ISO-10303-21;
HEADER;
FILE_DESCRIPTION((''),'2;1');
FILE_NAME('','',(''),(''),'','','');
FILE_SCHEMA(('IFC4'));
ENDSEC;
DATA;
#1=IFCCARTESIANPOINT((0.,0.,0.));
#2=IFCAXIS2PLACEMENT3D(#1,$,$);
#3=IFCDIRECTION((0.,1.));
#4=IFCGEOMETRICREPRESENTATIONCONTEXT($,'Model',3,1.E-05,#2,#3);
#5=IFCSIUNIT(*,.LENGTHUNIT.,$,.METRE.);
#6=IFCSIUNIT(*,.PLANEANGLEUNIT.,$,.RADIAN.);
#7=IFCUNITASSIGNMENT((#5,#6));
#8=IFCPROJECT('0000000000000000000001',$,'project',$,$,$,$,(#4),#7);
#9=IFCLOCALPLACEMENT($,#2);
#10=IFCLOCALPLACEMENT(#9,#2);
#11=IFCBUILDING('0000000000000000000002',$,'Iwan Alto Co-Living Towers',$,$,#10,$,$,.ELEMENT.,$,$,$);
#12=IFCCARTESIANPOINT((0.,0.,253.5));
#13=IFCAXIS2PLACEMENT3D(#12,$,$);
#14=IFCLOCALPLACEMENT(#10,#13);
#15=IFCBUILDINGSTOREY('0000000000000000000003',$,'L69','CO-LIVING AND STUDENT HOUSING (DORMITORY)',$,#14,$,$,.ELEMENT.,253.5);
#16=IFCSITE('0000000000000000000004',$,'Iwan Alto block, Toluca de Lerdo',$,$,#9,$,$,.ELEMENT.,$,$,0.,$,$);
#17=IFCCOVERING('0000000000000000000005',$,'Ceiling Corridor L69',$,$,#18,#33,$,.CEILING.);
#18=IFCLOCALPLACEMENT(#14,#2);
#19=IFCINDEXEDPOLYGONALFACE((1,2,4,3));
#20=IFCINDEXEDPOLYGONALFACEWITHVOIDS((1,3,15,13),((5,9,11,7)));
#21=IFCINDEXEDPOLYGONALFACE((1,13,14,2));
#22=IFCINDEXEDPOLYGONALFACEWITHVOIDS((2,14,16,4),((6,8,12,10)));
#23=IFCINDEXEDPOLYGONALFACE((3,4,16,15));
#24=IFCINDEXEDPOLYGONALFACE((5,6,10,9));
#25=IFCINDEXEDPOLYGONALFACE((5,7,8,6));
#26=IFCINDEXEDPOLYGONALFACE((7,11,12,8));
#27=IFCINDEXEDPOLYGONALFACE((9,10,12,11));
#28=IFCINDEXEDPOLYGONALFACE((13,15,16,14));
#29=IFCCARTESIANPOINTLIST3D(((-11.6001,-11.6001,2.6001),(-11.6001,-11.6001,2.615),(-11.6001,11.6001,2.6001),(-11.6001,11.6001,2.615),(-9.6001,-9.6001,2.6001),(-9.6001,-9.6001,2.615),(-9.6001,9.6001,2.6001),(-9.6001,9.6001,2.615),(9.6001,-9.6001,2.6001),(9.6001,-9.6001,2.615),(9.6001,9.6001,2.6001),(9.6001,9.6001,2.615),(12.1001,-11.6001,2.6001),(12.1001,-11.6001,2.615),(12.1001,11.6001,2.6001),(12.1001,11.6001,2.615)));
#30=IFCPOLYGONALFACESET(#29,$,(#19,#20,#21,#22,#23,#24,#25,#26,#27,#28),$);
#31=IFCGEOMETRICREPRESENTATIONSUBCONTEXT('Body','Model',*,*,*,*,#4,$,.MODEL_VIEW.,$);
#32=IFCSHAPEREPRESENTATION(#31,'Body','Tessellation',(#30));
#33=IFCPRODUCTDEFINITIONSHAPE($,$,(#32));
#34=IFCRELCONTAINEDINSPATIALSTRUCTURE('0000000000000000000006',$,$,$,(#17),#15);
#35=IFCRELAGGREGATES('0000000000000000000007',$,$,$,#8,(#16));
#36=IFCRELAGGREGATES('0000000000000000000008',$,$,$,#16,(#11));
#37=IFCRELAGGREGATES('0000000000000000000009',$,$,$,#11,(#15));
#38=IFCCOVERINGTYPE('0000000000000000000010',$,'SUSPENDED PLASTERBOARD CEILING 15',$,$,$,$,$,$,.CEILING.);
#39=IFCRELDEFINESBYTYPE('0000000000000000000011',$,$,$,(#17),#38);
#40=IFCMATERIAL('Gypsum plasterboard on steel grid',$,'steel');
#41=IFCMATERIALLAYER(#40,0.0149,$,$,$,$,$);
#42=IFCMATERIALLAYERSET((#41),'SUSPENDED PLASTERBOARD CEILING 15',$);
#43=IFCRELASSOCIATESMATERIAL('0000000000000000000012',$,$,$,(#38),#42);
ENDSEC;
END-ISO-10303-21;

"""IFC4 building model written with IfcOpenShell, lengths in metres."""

from ifc_helpers import new_model, si_unit, direction, frame, origin, place, context, subcontext, project, spatial, polyline, outline, extrude, material, layer, layer_set, type_object, element, save


model = new_model("IFC4")

# Units and contexts
model_context = context("Model", 3, precision=1e-05, world=origin(), true_north=direction((0.0, 1.0)))
body_context = subcontext(model_context, "Body", "Model", "MODEL_VIEW")
ifc_project = project(units=[si_unit("LENGTHUNIT", "METRE"), si_unit("PLANEANGLEUNIT", "RADIAN")], contexts=[model_context])

# Site, building, storey
site_placement = place(None, origin())
site = spatial("IfcSite", under=ifc_project, at=site_placement, Name="Iwan Alto block, Toluca de Lerdo", CompositionType="ELEMENT", RefElevation=0.0)
building_placement = place(site_placement, origin())
building = spatial("IfcBuilding", under=site, at=building_placement, Name="Iwan Alto Co-Living Towers", CompositionType="ELEMENT")
storey_placement = place(building_placement, frame((0.0, 0.0, 253.5)))
storey = spatial("IfcBuildingStorey", under=building, at=storey_placement, Name="L69", Description="CO-LIVING AND STUDENT HOUSING (DORMITORY)", CompositionType="ELEMENT", Elevation=253.5)

# Covering
ifc_material_1 = material(Name="Gypsum plasterboard on steel grid", Category="steel")
ifc_layer_1 = layer(ifc_material_1, 0.0149)
ifc_layer_set_1 = layer_set([ifc_layer_1], Name="SUSPENDED PLASTERBOARD CEILING 15")
covering_type_1 = type_object("IfcCoveringType", Name="SUSPENDED PLASTERBOARD CEILING 15", PredefinedType="CEILING", material=ifc_layer_set_1)
covering_1_placement = place(storey_placement, frame((0.0, 0.0, 2.6001)))
element("IfcCovering", 1, at=covering_1_placement, inside=storey, type_object=covering_type_1, Name="Ceiling Corridor L69", PredefinedType="CEILING", context=body_context, shape_type="SweptSolid", body=[
    extrude(outline(polyline([(-11.6001, 11.6001), (12.1001, 11.6001), (12.1001, -11.6001), (-11.6001, -11.6001), (-11.6001, 11.6001)]), holes=[polyline([(-9.6001, 9.6001), (-9.6001, -9.6001), (9.6001, -9.6001), (9.6001, 9.6001), (-9.6001, 9.6001)])]), origin(), (0.0, 0.0, 1.0), 0.0149),
])

save(model, "model.ifc")
